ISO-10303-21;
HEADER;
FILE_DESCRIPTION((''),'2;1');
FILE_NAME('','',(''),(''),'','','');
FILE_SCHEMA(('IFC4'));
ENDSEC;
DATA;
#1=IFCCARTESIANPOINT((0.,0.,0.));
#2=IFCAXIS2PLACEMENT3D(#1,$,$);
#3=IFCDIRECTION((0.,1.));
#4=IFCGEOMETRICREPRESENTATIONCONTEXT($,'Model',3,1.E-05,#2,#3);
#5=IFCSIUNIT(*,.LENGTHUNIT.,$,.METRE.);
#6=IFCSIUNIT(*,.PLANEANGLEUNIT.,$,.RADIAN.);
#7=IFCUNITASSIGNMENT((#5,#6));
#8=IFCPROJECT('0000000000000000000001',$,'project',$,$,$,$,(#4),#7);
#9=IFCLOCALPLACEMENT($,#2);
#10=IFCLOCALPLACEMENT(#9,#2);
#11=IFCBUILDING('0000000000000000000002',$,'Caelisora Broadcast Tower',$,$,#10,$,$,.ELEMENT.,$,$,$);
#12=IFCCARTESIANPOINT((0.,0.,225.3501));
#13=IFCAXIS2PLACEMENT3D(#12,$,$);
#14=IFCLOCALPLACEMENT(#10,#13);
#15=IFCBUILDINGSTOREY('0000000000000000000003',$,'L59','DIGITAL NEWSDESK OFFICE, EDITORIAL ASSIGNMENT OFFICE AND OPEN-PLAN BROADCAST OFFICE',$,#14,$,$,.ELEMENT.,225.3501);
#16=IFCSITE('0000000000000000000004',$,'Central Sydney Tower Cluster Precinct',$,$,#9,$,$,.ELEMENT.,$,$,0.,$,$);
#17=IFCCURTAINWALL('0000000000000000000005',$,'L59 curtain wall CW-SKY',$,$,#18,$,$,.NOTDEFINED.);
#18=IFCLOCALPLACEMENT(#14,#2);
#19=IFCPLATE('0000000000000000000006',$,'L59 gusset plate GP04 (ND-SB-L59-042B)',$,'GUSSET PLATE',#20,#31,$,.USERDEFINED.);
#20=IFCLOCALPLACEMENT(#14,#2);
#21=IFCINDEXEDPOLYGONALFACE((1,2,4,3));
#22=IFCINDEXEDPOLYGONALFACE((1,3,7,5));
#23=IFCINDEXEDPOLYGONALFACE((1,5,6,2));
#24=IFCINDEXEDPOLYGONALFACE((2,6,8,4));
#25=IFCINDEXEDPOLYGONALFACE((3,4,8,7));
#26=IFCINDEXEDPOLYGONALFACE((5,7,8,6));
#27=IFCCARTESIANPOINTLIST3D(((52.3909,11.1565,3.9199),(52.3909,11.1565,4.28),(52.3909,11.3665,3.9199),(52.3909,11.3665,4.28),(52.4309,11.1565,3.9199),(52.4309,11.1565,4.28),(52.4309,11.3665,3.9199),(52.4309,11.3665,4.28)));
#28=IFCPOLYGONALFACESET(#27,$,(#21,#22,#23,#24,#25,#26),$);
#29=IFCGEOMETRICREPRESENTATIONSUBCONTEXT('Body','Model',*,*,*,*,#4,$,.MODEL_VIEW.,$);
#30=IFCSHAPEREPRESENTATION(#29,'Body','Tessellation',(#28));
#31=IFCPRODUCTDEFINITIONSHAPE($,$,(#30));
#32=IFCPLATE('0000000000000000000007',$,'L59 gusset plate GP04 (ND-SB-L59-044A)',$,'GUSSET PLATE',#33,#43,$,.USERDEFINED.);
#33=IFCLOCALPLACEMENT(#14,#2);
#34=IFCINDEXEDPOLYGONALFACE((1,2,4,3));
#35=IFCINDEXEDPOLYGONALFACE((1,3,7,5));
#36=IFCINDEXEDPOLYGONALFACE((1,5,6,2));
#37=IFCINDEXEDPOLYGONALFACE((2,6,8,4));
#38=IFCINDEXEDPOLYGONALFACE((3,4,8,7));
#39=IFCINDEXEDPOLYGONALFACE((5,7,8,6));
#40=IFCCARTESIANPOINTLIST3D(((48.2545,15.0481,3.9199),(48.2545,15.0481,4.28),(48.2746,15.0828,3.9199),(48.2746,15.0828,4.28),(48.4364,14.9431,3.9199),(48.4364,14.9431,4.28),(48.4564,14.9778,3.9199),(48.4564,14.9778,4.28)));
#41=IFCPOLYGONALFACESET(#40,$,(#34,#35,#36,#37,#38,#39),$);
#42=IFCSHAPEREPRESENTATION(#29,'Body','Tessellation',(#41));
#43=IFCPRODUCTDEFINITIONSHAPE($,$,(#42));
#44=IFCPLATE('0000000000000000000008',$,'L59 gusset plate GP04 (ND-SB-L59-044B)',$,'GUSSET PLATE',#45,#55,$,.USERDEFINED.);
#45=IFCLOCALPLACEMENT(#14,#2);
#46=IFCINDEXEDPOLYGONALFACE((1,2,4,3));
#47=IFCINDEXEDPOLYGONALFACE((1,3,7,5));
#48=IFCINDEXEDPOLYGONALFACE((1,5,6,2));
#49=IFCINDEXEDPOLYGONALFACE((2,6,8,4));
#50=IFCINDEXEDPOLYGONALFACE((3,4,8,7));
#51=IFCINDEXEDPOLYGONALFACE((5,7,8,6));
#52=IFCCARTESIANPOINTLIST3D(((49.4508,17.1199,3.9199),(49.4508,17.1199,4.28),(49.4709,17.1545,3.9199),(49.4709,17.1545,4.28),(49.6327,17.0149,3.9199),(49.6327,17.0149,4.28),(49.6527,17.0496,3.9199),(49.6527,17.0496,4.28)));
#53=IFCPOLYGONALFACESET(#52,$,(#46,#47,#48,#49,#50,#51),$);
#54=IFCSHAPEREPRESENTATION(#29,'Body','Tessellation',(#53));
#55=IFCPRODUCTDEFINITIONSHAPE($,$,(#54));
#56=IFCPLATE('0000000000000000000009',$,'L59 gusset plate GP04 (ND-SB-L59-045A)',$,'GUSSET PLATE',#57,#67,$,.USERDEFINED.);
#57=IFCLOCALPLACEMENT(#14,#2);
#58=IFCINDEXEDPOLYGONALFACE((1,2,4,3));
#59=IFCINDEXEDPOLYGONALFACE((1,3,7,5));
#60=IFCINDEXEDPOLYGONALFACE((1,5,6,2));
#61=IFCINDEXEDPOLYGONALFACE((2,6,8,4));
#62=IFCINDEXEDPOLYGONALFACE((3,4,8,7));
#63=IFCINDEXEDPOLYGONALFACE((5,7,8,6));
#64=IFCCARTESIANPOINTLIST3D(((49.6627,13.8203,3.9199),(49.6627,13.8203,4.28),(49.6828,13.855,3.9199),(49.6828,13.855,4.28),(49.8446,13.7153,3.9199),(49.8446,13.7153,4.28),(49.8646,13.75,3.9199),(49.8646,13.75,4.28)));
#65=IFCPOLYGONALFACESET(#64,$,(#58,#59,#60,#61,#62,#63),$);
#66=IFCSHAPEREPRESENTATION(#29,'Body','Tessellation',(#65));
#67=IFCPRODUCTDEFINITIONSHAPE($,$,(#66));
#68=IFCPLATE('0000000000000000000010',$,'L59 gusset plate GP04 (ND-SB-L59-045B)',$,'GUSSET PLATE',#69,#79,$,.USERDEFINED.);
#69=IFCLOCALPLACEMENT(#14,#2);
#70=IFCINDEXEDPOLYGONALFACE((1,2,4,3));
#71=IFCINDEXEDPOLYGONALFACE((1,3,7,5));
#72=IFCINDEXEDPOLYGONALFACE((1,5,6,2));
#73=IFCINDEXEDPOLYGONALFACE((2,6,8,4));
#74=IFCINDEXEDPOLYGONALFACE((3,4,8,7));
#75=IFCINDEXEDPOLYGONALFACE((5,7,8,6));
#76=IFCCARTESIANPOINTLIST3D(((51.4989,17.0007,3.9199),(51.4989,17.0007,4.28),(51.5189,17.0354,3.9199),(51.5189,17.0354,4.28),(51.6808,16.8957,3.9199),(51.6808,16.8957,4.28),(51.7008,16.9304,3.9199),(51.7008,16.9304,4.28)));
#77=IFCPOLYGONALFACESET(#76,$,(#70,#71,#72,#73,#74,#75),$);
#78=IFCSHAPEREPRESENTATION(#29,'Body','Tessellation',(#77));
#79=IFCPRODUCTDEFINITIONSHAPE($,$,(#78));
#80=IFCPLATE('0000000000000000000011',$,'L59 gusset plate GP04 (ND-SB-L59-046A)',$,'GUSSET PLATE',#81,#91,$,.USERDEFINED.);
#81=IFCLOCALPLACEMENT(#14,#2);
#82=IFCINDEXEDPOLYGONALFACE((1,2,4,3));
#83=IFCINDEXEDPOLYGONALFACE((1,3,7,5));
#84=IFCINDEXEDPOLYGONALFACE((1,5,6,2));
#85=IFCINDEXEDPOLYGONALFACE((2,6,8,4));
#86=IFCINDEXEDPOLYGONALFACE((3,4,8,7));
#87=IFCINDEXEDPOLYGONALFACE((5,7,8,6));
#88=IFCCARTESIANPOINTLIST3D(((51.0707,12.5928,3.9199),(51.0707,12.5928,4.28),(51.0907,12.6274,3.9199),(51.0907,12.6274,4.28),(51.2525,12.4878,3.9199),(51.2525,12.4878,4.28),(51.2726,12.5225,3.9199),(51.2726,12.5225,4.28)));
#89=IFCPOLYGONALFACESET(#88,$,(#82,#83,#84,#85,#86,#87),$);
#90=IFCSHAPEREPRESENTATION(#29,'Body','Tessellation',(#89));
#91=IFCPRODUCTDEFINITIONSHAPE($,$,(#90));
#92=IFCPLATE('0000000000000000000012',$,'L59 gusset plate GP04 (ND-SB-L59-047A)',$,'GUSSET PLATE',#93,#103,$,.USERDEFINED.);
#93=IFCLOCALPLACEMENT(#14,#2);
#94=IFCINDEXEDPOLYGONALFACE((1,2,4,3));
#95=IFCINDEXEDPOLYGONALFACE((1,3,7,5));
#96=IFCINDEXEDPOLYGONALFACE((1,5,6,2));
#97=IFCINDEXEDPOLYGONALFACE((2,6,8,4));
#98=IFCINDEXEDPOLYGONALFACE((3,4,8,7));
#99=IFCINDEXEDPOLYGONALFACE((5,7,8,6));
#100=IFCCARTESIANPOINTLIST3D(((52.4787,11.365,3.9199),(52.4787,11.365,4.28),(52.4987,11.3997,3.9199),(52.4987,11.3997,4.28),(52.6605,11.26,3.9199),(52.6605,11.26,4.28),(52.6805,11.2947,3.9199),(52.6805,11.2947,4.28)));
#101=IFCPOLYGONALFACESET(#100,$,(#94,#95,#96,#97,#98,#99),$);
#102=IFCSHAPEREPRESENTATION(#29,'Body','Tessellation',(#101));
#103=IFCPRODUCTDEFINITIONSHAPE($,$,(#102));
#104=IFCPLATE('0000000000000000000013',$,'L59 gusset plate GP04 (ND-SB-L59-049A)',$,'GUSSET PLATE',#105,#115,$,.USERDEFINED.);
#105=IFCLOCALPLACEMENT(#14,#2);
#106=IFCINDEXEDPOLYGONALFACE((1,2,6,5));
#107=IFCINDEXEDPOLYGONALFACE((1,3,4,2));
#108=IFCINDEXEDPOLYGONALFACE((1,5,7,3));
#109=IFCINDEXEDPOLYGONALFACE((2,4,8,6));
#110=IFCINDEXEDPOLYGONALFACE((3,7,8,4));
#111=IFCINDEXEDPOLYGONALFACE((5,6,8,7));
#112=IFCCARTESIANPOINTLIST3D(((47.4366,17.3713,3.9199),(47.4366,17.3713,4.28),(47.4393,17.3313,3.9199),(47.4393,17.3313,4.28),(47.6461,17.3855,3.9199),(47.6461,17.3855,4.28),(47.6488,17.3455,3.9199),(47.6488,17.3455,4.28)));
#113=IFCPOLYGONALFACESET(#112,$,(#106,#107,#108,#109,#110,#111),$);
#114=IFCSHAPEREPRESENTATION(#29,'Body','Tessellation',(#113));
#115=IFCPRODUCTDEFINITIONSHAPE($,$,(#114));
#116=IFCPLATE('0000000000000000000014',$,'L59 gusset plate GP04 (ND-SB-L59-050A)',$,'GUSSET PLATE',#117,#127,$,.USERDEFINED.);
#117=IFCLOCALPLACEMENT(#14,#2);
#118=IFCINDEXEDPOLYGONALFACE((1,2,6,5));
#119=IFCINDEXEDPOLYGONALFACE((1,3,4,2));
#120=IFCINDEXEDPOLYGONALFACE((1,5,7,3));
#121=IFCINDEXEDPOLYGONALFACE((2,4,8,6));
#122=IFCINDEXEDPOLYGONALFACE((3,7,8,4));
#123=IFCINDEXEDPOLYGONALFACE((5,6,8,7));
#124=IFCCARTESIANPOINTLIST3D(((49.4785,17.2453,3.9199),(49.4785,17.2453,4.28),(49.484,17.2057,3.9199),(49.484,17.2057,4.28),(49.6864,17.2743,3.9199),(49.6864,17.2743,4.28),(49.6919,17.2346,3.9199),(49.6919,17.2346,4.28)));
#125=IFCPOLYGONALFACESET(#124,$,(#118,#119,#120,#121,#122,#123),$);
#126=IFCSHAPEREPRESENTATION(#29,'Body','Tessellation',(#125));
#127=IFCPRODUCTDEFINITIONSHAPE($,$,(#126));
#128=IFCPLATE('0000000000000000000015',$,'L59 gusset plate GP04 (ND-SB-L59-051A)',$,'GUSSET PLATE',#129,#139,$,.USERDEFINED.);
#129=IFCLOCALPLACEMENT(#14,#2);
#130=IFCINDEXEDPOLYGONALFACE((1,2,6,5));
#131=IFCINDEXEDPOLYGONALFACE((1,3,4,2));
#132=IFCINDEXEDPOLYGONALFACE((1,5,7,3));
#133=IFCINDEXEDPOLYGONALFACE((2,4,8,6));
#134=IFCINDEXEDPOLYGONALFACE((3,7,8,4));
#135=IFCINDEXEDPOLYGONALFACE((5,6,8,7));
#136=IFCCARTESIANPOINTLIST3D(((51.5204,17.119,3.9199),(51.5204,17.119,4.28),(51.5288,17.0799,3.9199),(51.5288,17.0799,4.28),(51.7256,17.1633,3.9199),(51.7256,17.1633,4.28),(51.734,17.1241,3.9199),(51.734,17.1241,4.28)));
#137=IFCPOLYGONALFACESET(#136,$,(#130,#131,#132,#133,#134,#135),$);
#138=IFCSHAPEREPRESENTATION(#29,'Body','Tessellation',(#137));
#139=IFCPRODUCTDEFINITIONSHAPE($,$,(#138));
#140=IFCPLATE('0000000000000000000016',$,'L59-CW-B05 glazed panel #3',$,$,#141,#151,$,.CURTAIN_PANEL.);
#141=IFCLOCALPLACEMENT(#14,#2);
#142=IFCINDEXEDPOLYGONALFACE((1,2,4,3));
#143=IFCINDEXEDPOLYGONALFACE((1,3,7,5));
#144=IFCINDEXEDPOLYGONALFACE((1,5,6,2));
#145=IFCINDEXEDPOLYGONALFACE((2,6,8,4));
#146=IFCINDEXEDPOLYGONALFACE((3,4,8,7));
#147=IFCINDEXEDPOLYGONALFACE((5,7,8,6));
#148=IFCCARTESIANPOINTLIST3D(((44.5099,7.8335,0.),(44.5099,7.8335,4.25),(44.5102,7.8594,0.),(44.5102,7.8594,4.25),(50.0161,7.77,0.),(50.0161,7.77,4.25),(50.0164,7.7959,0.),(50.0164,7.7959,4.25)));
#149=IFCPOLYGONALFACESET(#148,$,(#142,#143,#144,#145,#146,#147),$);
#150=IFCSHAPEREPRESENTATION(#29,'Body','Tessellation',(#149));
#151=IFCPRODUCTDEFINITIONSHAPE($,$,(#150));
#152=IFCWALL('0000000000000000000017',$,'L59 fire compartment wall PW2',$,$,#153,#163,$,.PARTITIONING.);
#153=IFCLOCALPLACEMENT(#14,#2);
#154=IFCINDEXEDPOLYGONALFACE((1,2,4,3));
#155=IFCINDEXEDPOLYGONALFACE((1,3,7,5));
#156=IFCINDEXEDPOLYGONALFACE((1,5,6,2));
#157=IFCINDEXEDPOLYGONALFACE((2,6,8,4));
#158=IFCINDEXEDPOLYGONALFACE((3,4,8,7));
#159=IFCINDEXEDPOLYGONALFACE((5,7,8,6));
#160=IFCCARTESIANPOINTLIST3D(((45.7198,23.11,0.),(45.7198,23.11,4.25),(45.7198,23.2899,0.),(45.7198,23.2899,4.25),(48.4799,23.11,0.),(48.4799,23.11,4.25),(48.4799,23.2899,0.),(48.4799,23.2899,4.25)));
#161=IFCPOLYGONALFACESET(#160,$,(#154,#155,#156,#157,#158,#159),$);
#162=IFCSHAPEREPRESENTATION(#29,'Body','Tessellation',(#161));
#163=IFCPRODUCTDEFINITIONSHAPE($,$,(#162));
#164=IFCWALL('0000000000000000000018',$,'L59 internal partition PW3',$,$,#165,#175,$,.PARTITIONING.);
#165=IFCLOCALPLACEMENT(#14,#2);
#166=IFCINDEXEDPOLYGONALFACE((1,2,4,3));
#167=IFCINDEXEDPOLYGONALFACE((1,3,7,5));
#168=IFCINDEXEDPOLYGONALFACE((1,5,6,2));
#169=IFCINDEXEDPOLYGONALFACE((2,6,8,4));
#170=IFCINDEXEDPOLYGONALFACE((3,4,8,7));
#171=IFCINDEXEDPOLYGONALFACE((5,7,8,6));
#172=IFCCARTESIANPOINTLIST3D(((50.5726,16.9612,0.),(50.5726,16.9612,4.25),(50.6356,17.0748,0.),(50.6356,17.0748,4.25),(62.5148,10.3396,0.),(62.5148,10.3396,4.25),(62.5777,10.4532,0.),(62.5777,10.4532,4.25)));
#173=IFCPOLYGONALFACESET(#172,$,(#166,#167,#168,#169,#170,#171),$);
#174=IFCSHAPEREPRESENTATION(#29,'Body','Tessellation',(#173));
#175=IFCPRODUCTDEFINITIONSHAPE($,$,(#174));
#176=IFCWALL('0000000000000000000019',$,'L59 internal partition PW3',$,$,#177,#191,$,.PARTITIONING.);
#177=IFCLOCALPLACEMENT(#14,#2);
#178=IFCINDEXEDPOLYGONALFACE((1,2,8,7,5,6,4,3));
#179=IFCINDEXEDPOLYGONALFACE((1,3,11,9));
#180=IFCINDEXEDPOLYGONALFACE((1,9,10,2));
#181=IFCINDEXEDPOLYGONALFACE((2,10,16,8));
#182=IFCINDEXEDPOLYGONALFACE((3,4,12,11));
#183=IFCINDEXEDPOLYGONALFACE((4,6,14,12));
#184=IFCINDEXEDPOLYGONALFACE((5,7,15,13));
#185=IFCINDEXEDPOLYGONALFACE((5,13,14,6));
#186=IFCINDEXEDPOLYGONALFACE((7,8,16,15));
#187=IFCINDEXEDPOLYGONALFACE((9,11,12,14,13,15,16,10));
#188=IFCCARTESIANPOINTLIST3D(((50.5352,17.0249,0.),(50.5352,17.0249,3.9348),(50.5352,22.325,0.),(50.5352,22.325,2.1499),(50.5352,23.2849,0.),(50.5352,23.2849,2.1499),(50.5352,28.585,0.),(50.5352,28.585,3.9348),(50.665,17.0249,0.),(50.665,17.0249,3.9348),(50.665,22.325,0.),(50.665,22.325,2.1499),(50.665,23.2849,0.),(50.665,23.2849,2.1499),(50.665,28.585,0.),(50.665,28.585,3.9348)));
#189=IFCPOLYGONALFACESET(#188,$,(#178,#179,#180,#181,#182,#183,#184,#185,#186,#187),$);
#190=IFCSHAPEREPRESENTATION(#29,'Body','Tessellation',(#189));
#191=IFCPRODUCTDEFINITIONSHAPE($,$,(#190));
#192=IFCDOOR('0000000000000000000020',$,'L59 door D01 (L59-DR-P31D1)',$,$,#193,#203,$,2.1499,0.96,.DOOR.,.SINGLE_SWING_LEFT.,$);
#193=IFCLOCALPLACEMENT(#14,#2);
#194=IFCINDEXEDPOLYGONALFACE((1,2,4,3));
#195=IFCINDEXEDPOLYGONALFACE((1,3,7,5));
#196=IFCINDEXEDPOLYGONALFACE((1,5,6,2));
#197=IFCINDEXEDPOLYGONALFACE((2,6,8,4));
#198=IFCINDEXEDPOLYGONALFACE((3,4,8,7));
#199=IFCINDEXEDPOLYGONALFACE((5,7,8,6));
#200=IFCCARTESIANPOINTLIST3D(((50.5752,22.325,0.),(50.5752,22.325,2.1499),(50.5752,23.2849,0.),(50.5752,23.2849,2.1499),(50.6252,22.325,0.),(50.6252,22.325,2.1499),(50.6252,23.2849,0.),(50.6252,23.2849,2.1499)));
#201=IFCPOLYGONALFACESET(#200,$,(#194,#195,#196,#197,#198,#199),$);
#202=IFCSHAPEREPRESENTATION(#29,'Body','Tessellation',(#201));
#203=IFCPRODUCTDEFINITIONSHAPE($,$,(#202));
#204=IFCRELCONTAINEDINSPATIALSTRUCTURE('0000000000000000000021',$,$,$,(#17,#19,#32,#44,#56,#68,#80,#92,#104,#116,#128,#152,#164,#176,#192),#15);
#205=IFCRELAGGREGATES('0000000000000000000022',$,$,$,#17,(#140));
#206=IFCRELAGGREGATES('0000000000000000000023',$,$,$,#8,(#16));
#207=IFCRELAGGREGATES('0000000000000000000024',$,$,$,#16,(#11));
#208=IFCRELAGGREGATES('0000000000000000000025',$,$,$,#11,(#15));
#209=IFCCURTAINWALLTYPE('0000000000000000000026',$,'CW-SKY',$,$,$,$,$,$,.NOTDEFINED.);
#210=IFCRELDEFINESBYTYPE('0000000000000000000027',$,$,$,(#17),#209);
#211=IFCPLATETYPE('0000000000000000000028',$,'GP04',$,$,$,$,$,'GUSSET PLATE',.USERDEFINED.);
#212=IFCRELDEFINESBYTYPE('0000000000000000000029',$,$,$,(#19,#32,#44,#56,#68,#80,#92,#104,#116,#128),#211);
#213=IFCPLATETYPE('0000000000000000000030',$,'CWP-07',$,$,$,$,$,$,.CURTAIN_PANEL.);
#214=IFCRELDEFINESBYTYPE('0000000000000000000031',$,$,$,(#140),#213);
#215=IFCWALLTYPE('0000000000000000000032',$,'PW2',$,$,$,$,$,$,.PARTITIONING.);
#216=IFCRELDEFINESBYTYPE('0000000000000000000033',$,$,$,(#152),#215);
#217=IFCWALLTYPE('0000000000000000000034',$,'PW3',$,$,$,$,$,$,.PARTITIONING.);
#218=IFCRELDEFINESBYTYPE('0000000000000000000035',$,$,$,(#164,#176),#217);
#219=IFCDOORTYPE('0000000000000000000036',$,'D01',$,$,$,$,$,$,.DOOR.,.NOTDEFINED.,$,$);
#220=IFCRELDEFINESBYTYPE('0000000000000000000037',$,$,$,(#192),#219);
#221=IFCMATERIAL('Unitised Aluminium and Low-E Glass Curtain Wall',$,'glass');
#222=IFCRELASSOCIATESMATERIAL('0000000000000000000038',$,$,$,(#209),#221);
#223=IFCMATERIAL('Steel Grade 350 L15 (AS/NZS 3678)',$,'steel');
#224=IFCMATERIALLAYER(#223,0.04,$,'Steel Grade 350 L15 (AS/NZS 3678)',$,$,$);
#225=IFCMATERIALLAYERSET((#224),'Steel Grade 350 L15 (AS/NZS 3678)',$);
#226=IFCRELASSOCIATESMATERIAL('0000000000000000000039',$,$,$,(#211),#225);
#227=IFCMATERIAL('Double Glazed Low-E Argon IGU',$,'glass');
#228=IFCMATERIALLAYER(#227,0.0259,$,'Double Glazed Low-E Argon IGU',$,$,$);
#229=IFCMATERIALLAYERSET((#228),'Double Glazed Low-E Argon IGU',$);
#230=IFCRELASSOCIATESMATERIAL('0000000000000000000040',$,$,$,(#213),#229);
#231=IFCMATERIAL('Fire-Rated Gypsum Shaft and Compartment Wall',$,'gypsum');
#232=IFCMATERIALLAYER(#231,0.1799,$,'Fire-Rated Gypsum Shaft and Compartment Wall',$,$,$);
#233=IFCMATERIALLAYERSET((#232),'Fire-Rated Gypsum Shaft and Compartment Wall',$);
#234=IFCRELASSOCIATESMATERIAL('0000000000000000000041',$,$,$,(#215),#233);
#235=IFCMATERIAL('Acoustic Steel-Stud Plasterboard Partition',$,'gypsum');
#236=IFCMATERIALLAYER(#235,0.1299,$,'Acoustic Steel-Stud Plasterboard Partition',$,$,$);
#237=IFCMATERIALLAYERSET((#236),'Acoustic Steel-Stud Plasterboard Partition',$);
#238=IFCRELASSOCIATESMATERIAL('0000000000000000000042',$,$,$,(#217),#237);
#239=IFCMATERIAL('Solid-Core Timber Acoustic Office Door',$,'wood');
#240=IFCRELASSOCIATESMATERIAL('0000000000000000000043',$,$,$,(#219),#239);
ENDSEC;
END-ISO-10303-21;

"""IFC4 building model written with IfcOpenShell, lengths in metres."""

from ifc_helpers import new_model, si_unit, direction, frame, frame_2d, origin, origin_2d, place, context, subcontext, project, spatial, rectangle, extrude, source, transform, mapped, material, layer, layer_set, type_object, type_shapes, element, fill, aggregate, save


model = new_model("IFC4")

# Units and contexts
model_context = context("Model", 3, precision=1e-05, world=origin(), true_north=direction((0.0, 1.0)))
body_context = subcontext(model_context, "Body", "Model", "MODEL_VIEW")
ifc_project = project(units=[si_unit("LENGTHUNIT", "METRE"), si_unit("PLANEANGLEUNIT", "RADIAN")], contexts=[model_context])

# Site, building, storey
site_placement = place(None, origin())
site = spatial("IfcSite", under=ifc_project, at=site_placement, Name="Central Sydney Tower Cluster Precinct", CompositionType="ELEMENT", RefElevation=0.0)
building_placement = place(site_placement, origin())
building = spatial("IfcBuilding", under=site, at=building_placement, Name="Caelisora Broadcast Tower", CompositionType="ELEMENT")
storey_placement = place(building_placement, frame((0.0, 0.0, 225.3501)))
storey = spatial("IfcBuildingStorey", under=building, at=storey_placement, Name="L59", Description="DIGITAL NEWSDESK OFFICE, EDITORIAL ASSIGNMENT OFFICE AND OPEN-PLAN BROADCAST OFFICE", CompositionType="ELEMENT", Elevation=225.3501)

# Curtain wall
ifc_material_1 = material(Name="Unitised Aluminium and Low-E Glass Curtain Wall", Category="glass")
curtain_wall_type = type_object("IfcCurtainWallType", Name="CW-SKY", PredefinedType="NOTDEFINED", material=ifc_material_1)
curtain_wall_placement = place(storey_placement, origin())
curtain_wall = element("IfcCurtainWall", 1, at=curtain_wall_placement, inside=storey, type_object=curtain_wall_type, Name="L59 curtain wall CW-SKY", PredefinedType="NOTDEFINED")

# Plates
ifc_material_2 = material(Name="Steel Grade 350 L15 (AS/NZS 3678)", Category="steel")
ifc_layer_1 = layer(ifc_material_2, 0.04, Name="Steel Grade 350 L15 (AS/NZS 3678)")
ifc_layer_set_1 = layer_set([ifc_layer_1], Name="Steel Grade 350 L15 (AS/NZS 3678)")
plate_type_1 = type_object("IfcPlateType", Name="GP04", ElementType="GUSSET PLATE", PredefinedType="USERDEFINED", material=ifc_layer_set_1)
shared_shape_1 = source(origin(), body_context, "Body", "SweptSolid", [
    extrude(rectangle(XDim=0.21, YDim=0.04, at=origin_2d()), origin(), (0.0, 0.0, 1.0), 0.3601),
])
type_shapes(plate_type_1, [shared_shape_1])
for number, where, z_axis, x_axis, name in (
    (2, (52.4109, 11.2615, 3.9199), (0.0, 0.0, 1.0), (0.0, 1.0, 0.0), "L59 gusset plate GP04 (ND-SB-L59-042B)"),
    (3, (48.3555, 15.0129, 3.9199), (0.0, 0.0, 1.0), (-0.866025, 0.5, 0.0), "L59 gusset plate GP04 (ND-SB-L59-044A)"),
    (4, (49.5518, 17.0847, 3.9199), (0.0, 0.0, 1.0), (-0.866025, 0.5, 0.0), "L59 gusset plate GP04 (ND-SB-L59-044B)"),
    (5, (49.7637, 13.7852, 3.9199), (0.0, 0.0, 1.0), (-0.866025, 0.5, 0.0), "L59 gusset plate GP04 (ND-SB-L59-045A)"),
    (6, (51.5999, 16.9656, 3.9199), (0.0, 0.0, 1.0), (-0.866025, 0.5, 0.0), "L59 gusset plate GP04 (ND-SB-L59-045B)"),
    (7, (51.1716, 12.5576, 3.9199), (0.0, 0.0, 1.0), (-0.866025, 0.5, 0.0), "L59 gusset plate GP04 (ND-SB-L59-046A)"),
    (8, (52.5796, 11.3298, 3.9199), (0.0, 0.0, 1.0), (-0.866025, 0.5, 0.0), "L59 gusset plate GP04 (ND-SB-L59-047A)"),
    (9, (47.5427, 17.3584, 3.9199), (0.0, 0.0, 1.0), (-0.99772, -0.067493, 0.0), "L59 gusset plate GP04 (ND-SB-L59-049A)"),
    (10, (49.5852, 17.24, 3.9199), (0.0, 0.0, 1.0), (-0.990437, -0.137963, 0.0), "L59 gusset plate GP04 (ND-SB-L59-050A)"),
    (11, (51.6272, 17.1216, 3.9199), (0.0, 0.0, 1.0), (-0.977526, -0.210813, 0.0), "L59 gusset plate GP04 (ND-SB-L59-051A)"),
):
    element("IfcPlate", number, at=place(storey_placement, frame(where, z_axis=z_axis, x_axis=x_axis)), inside=storey, type_object=plate_type_1, Name=name, ObjectType="GUSSET PLATE", PredefinedType="USERDEFINED", context=body_context, shape_type="MappedRepresentation", body=[
        mapped(shared_shape_1, transform((0.0, 0.0, 0.0), scale=1.0)),
    ])

# Plate
ifc_material_3 = material(Name="Double Glazed Low-E Argon IGU", Category="glass")
ifc_layer_2 = layer(ifc_material_3, 0.0259, Name="Double Glazed Low-E Argon IGU")
ifc_layer_set_2 = layer_set([ifc_layer_2], Name="Double Glazed Low-E Argon IGU")
plate_type_2 = type_object("IfcPlateType", Name="CWP-07", PredefinedType="CURTAIN_PANEL", material=ifc_layer_set_2)
shared_shape_2 = source(origin(), body_context, "Body", "SweptSolid", [
    extrude(rectangle(XDim=5.5066, YDim=0.0259, at=origin_2d()), origin(), (0.0, 0.0, 1.0), 4.25),
])
type_shapes(plate_type_2, [shared_shape_2])
plate_placement = place(storey_placement, frame((47.2632, 7.8147, 0.0), z_axis=(0.0, 0.0, 1.0), x_axis=(-0.999934, 0.011519, 0.0)))
plate = element("IfcPlate", 12, at=plate_placement, type_object=plate_type_2, Name="L59-CW-B05 glazed panel #3", PredefinedType="CURTAIN_PANEL", context=body_context, shape_type="MappedRepresentation", body=[
    mapped(shared_shape_2, transform((0.0, 0.0, 0.0), scale=1.0)),
])
aggregate(curtain_wall, [plate])

# Walls
ifc_material_4 = material(Name="Fire-Rated Gypsum Shaft and Compartment Wall", Category="gypsum")
ifc_layer_3 = layer(ifc_material_4, 0.1799, Name="Fire-Rated Gypsum Shaft and Compartment Wall")
ifc_layer_set_3 = layer_set([ifc_layer_3], Name="Fire-Rated Gypsum Shaft and Compartment Wall")
wall_type_1 = type_object("IfcWallType", Name="PW2", PredefinedType="PARTITIONING", material=ifc_layer_set_3)
wall_1_placement = place(storey_placement, frame((45.72, 23.2, 0.0), z_axis=(0.0, 0.0, 1.0), x_axis=(1.0, 0.0, 0.0)))
element("IfcWall", 13, at=wall_1_placement, inside=storey, type_object=wall_type_1, Name="L59 fire compartment wall PW2", PredefinedType="PARTITIONING", context=body_context, shape_type="SweptSolid", body=[
    extrude(rectangle(XDim=2.76, YDim=0.1799, at=frame_2d((1.3799, 0.0))), origin(), (0.0, 0.0, 1.0), 4.25),
])
ifc_material_5 = material(Name="Acoustic Steel-Stud Plasterboard Partition", Category="gypsum")
ifc_layer_4 = layer(ifc_material_5, 0.1299, Name="Acoustic Steel-Stud Plasterboard Partition")
ifc_layer_set_4 = layer_set([ifc_layer_4], Name="Acoustic Steel-Stud Plasterboard Partition")
wall_type_2 = type_object("IfcWallType", Name="PW3", PredefinedType="PARTITIONING", material=ifc_layer_set_4)
wall_2_placement = place(storey_placement, frame((50.604, 17.0181, 0.0), z_axis=(0.0, 0.0, 1.0), x_axis=(0.874559, -0.484919, 0.0)))
element("IfcWall", 14, at=wall_2_placement, inside=storey, type_object=wall_type_2, Name="L59 internal partition PW3", PredefinedType="PARTITIONING", context=body_context, shape_type="SweptSolid", body=[
    extrude(rectangle(XDim=13.655, YDim=0.1299, at=frame_2d((6.8276, 0.0))), origin(), (0.0, 0.0, 1.0), 4.25),
])

# Wall, opening, door
wall_3_placement = place(storey_placement, frame((50.6001, 17.0249, 0.0), z_axis=(0.0, 0.0, 1.0), x_axis=(0.0, 1.0, 0.0)))
wall_3 = element("IfcWall", 15, at=wall_3_placement, inside=storey, type_object=wall_type_2, Name="L59 internal partition PW3", PredefinedType="PARTITIONING", context=body_context, shape_type="SweptSolid", body=[
    extrude(rectangle(XDim=11.5601, YDim=0.1299, at=frame_2d((5.78, 0.0))), origin(), (0.0, 0.0, 1.0), 3.9348),
])
opening_1_placement = place(wall_3_placement, frame((5.3, 0.0, 0.0)))
opening_1 = element("IfcOpeningElement", 16, at=opening_1_placement, cuts=wall_3, PredefinedType="OPENING", context=body_context, shape_type="SweptSolid", body=[
    extrude(rectangle(XDim=0.96, YDim=2.1499, at=frame_2d((0.48, 1.075))), frame((0.0, 0.0769, 0.0), z_axis=(0.0, -1.0, 0.0), x_axis=(1.0, 0.0, 0.0)), (0.0, 0.0, 1.0), 0.1538),
])
ifc_material_6 = material(Name="Solid-Core Timber Acoustic Office Door", Category="wood")
door_type = type_object("IfcDoorType", Name="D01", OperationType="NOTDEFINED", PredefinedType="DOOR", material=ifc_material_6)
door_1_placement = place(opening_1_placement, origin())
door_1 = element("IfcDoor", 17, at=door_1_placement, inside=storey, type_object=door_type, Name="L59 door D01 (L59-DR-P31D1)", OperationType="SINGLE_SWING_LEFT", OverallHeight=2.1499, OverallWidth=0.96, PredefinedType="DOOR", context=body_context, shape_type="SweptSolid", body=[
    extrude(rectangle(XDim=0.96, YDim=2.1499, at=frame_2d((0.48, 1.075))), frame((0.0, 0.0249, 0.0), z_axis=(0.0, -1.0, 0.0), x_axis=(1.0, 0.0, 0.0)), (0.0, 0.0, 1.0), 0.05),
])
fill(opening_1, door_1)

save(model, "model.ifc")
